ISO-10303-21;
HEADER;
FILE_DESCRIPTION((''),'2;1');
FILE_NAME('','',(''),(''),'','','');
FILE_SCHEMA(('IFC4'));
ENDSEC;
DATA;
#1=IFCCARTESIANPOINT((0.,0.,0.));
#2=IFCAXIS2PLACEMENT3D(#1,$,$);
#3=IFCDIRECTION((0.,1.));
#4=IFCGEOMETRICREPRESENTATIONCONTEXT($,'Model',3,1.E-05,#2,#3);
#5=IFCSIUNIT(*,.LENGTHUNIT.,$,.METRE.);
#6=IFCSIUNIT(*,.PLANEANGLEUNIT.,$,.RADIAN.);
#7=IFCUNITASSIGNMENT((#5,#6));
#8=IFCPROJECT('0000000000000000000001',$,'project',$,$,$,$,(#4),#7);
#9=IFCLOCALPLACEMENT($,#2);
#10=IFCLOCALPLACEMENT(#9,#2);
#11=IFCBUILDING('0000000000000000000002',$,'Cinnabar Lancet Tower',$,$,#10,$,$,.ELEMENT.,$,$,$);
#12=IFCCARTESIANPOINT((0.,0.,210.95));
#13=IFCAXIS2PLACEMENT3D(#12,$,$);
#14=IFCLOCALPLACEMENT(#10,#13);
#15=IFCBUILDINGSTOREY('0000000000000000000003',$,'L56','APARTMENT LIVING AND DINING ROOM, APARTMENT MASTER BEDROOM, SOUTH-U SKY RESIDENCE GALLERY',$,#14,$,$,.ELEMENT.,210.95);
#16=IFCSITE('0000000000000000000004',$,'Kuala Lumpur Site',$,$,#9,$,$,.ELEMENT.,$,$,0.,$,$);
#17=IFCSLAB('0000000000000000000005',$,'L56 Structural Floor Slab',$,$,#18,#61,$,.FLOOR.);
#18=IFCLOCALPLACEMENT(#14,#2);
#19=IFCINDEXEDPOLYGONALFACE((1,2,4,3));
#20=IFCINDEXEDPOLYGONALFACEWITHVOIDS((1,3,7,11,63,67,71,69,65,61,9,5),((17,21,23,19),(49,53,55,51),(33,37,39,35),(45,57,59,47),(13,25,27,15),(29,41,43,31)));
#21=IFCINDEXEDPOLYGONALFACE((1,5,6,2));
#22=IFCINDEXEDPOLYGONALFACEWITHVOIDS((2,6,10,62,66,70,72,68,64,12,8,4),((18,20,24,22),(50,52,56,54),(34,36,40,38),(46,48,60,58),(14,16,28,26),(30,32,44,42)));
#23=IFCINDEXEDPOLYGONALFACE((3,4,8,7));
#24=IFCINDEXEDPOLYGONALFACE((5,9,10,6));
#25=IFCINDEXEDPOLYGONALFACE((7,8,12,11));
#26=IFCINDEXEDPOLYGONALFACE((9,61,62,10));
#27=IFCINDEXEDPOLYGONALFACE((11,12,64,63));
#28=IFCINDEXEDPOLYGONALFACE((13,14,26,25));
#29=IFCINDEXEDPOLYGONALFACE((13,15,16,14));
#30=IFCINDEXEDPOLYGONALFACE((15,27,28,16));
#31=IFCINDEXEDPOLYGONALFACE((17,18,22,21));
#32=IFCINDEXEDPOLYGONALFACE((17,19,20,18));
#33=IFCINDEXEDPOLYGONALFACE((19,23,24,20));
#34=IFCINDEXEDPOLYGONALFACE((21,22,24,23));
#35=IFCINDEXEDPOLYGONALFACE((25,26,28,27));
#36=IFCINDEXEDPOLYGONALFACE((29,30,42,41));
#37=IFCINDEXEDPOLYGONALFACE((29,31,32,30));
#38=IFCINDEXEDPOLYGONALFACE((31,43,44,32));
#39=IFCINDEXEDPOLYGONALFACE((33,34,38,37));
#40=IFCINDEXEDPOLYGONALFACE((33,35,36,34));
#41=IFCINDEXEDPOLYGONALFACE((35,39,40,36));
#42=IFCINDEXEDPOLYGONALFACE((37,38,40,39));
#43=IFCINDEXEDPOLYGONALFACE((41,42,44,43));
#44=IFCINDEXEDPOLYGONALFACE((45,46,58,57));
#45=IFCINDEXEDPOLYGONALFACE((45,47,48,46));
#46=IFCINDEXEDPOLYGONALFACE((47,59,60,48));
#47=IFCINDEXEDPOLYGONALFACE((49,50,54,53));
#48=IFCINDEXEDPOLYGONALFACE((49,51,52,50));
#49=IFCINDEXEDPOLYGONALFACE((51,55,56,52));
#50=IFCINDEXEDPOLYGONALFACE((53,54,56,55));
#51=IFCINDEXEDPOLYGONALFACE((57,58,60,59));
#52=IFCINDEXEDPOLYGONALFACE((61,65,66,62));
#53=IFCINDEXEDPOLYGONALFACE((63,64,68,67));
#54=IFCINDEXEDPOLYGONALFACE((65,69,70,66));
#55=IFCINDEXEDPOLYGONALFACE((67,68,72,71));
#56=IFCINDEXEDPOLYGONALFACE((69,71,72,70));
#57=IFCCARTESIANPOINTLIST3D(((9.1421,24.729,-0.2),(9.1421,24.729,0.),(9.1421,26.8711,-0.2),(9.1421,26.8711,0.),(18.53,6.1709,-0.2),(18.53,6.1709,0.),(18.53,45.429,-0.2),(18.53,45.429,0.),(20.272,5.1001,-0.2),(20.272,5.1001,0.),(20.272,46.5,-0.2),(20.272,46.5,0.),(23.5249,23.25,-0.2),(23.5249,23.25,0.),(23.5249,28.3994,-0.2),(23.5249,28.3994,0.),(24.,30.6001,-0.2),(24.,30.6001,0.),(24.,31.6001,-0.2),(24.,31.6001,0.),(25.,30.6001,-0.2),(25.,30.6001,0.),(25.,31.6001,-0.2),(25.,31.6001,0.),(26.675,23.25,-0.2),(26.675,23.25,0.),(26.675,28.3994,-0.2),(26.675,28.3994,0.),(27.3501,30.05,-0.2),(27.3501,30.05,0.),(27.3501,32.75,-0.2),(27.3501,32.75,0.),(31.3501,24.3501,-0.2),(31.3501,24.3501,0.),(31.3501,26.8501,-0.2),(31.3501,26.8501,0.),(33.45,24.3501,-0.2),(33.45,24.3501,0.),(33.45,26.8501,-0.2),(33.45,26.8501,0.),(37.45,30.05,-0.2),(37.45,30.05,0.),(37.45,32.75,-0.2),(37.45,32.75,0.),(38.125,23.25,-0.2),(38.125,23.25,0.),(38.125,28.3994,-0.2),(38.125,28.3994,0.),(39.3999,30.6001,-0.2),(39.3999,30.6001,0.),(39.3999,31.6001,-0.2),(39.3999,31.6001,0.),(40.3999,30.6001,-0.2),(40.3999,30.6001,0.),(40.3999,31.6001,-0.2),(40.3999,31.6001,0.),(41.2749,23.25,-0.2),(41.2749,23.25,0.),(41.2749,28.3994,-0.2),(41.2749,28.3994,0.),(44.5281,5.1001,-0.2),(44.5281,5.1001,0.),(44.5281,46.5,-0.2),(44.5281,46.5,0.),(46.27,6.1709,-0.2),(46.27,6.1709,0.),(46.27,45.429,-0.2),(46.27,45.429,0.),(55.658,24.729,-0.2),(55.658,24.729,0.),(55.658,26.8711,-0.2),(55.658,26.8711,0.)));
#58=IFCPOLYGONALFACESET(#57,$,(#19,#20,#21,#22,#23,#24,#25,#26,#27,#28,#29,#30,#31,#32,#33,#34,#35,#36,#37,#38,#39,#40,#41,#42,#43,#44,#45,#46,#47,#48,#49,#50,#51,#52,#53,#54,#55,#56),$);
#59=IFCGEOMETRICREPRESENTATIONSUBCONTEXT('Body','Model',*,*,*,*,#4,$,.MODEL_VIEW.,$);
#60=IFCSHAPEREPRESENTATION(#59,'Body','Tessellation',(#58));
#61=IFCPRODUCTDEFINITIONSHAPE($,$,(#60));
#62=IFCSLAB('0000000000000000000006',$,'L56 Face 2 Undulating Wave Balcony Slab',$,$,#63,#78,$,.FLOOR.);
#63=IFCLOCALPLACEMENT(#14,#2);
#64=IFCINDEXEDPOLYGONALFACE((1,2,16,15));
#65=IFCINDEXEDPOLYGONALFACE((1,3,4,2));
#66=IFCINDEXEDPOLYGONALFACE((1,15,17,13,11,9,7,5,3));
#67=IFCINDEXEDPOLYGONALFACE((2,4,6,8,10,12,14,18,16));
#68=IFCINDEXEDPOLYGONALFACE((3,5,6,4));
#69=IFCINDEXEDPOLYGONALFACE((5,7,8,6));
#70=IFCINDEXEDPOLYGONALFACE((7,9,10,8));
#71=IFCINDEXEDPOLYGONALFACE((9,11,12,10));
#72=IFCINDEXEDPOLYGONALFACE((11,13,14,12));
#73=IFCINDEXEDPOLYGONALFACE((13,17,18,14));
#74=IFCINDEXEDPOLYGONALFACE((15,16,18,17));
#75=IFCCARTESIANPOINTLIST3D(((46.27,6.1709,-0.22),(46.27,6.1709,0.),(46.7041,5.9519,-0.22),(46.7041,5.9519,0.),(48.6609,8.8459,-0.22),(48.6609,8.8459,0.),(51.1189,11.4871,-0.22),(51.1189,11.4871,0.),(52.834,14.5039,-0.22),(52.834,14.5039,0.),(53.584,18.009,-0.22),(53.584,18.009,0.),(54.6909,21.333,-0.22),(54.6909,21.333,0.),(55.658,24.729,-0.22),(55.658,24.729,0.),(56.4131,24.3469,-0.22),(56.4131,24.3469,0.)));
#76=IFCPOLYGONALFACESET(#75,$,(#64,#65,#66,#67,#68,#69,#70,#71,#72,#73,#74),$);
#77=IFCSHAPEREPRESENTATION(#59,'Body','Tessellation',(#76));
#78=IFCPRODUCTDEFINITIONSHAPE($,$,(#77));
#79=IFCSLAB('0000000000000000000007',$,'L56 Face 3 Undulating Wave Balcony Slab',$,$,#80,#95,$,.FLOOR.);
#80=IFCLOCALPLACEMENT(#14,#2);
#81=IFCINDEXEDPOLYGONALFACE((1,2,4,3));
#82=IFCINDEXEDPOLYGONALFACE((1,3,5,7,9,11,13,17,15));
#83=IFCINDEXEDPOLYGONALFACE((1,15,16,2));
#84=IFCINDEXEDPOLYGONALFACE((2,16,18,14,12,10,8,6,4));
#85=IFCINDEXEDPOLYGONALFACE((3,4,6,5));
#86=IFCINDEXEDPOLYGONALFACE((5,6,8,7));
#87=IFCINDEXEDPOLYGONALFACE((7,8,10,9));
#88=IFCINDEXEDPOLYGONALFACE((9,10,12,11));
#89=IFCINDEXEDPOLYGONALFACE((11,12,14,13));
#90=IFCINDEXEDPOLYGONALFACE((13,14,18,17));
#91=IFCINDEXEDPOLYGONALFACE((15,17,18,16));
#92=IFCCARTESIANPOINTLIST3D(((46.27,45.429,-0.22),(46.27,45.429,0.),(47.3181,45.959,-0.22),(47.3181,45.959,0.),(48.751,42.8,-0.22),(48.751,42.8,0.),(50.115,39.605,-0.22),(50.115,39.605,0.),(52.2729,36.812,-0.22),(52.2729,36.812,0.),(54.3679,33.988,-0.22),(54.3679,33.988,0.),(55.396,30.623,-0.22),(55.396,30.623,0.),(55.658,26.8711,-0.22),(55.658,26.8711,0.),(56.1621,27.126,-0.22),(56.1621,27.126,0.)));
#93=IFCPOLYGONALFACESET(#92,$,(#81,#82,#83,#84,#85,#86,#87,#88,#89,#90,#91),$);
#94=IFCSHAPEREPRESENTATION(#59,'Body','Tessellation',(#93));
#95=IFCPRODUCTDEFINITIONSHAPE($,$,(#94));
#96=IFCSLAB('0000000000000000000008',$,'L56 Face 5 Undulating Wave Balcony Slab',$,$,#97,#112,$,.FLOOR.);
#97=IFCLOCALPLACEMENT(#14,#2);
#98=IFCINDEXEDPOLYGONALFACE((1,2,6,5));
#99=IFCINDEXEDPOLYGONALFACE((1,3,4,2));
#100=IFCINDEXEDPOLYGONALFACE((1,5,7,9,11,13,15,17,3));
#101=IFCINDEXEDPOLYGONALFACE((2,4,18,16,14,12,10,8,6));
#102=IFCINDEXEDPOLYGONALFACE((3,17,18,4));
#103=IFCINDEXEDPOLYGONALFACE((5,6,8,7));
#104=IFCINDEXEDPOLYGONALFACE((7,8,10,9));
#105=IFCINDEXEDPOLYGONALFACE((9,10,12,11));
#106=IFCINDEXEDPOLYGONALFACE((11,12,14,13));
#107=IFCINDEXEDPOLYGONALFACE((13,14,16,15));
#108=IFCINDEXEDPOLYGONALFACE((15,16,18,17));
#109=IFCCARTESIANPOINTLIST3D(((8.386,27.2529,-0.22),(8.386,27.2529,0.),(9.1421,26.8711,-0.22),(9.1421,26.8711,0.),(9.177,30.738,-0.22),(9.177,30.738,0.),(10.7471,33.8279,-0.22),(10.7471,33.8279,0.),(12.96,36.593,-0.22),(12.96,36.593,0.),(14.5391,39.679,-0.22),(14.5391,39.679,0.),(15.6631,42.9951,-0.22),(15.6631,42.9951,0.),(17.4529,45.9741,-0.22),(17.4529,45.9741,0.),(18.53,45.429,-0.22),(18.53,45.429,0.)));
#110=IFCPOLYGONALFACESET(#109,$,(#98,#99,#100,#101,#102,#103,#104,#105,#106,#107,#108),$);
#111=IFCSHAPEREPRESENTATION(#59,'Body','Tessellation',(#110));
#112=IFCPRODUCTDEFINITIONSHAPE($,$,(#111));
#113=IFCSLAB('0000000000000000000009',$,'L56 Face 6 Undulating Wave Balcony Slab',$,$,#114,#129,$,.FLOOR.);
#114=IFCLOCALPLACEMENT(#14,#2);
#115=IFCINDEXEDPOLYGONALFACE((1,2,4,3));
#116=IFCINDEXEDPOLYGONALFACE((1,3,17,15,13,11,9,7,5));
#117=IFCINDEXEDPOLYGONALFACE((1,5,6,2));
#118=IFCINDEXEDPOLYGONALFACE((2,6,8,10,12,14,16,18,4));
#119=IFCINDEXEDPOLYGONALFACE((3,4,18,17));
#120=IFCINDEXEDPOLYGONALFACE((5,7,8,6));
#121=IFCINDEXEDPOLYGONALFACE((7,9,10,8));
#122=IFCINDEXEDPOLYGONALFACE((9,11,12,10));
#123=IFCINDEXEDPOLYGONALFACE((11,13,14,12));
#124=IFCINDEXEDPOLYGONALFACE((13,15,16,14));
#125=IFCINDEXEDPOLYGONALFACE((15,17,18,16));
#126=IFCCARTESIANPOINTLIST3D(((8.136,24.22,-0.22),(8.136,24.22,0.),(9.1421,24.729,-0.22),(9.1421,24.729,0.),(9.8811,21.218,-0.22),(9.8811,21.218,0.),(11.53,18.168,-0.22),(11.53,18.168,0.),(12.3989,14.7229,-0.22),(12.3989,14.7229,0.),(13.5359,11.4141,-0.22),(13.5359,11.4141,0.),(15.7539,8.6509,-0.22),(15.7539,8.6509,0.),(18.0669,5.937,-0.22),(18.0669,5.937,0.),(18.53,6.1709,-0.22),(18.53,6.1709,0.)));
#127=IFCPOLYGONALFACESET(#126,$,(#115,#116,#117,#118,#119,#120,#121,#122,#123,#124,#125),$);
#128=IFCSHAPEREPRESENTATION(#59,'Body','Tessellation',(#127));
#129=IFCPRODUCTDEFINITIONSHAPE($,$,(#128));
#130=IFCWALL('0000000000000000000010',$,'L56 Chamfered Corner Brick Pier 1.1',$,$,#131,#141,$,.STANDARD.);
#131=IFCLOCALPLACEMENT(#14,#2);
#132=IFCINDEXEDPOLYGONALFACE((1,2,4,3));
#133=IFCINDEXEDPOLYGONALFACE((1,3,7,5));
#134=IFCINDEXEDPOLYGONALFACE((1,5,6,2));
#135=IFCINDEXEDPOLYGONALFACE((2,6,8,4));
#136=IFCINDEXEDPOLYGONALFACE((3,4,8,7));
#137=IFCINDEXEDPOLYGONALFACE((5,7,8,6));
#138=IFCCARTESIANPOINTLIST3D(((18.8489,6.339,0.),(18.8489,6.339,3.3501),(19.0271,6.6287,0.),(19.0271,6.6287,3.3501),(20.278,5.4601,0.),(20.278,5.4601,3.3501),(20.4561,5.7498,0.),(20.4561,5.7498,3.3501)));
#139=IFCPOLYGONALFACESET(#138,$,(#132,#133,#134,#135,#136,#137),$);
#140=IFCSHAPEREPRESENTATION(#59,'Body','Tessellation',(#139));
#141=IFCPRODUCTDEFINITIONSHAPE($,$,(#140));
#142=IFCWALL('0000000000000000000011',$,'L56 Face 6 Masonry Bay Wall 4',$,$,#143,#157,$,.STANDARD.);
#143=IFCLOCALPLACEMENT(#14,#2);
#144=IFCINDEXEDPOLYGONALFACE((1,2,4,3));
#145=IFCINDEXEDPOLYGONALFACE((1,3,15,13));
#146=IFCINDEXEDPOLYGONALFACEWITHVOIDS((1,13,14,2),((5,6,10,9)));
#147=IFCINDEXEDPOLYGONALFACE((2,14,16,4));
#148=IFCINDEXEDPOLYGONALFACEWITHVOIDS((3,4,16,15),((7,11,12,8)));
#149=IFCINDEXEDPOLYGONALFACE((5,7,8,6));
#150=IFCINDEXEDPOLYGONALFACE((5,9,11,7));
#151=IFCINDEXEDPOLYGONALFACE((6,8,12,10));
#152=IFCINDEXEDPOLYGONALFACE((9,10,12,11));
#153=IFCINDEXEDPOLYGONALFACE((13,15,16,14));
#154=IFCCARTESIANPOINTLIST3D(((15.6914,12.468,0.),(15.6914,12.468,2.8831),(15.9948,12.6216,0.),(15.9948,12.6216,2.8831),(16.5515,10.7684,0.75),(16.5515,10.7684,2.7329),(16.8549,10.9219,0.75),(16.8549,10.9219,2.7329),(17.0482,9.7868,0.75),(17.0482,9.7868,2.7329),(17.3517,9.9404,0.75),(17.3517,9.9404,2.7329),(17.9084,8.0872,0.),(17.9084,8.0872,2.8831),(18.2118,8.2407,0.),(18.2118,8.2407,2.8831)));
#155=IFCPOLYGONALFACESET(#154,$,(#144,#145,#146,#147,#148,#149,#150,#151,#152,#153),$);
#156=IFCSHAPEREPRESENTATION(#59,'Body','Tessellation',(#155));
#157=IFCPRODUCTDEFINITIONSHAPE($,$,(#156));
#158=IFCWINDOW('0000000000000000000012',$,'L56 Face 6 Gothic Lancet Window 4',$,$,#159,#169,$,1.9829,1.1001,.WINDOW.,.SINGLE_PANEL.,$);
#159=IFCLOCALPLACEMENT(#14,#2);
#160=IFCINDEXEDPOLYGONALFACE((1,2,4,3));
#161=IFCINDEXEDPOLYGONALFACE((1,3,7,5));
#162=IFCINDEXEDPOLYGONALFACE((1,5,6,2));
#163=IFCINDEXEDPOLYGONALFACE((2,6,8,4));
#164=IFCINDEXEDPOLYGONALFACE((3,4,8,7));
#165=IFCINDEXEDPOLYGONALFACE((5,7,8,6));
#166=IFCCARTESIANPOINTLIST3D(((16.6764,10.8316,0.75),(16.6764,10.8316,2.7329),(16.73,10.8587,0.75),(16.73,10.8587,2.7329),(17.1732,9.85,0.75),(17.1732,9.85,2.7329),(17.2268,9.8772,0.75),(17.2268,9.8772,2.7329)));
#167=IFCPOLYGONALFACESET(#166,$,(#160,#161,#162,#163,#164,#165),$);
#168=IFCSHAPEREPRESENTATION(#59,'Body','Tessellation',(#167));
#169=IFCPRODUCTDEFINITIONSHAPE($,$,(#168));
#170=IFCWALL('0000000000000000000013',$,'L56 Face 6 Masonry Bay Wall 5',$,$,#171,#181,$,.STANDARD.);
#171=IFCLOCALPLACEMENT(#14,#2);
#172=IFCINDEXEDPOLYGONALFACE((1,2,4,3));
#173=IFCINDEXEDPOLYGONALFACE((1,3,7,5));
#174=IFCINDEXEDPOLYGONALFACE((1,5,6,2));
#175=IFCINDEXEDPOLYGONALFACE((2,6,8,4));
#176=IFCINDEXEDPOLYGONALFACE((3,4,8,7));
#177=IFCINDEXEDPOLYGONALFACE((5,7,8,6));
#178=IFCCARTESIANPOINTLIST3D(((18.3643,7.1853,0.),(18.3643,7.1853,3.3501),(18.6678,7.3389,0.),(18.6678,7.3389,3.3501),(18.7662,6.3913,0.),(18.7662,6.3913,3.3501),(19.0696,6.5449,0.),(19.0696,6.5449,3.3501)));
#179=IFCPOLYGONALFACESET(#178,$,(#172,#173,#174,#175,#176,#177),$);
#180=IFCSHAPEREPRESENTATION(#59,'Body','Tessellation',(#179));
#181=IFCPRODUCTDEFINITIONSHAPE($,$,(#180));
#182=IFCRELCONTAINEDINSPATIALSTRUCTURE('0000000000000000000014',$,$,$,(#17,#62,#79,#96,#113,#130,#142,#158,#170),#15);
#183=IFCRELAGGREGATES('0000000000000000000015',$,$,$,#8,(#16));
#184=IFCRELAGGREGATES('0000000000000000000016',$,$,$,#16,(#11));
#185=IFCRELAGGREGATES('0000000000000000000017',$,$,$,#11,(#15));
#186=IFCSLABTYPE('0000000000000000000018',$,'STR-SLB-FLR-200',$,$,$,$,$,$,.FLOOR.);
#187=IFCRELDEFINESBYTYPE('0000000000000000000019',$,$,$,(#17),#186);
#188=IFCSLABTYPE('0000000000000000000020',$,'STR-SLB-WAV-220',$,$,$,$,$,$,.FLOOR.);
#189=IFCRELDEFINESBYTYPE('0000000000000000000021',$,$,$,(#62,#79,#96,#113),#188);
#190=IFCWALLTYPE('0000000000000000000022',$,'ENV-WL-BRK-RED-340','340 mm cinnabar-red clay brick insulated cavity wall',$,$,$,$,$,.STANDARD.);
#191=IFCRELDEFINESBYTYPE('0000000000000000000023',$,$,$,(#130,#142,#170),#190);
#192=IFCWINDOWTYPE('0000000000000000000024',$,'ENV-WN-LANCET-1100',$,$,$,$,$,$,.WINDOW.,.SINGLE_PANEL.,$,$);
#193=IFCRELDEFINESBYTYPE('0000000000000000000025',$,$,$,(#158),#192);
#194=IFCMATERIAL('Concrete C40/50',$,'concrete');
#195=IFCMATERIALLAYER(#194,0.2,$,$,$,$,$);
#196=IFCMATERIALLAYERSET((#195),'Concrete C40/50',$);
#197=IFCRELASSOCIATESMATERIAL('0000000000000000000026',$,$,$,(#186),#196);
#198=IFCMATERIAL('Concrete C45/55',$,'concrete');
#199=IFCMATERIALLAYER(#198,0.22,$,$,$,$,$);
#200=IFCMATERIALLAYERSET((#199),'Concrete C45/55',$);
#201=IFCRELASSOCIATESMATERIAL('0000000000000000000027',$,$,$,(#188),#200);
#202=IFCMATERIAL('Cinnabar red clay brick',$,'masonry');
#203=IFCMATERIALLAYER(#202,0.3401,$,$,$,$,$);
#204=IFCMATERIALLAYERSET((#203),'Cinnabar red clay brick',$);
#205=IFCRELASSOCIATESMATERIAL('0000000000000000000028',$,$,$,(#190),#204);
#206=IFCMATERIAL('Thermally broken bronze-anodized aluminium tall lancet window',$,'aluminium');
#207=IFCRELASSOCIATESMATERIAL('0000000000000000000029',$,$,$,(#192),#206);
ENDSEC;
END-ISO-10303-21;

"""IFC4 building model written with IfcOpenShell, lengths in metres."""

from ifc_helpers import new_model, si_unit, direction, frame, frame_2d, origin, place, context, subcontext, project, spatial, polyline, rectangle, outline, extrude, material, layer, layer_set, type_object, element, fill, save


model = new_model("IFC4")

# Units and contexts
model_context = context("Model", 3, precision=1e-05, world=origin(), true_north=direction((0.0, 1.0)))
body_context = subcontext(model_context, "Body", "Model", "MODEL_VIEW")
ifc_project = project(units=[si_unit("LENGTHUNIT", "METRE"), si_unit("PLANEANGLEUNIT", "RADIAN")], contexts=[model_context])

# Site, building, storey
site_placement = place(None, origin())
site = spatial("IfcSite", under=ifc_project, at=site_placement, Name="Kuala Lumpur Site", CompositionType="ELEMENT", RefElevation=0.0)
building_placement = place(site_placement, origin())
building = spatial("IfcBuilding", under=site, at=building_placement, Name="Cinnabar Lancet Tower", CompositionType="ELEMENT")
storey_placement = place(building_placement, frame((0.0, 0.0, 210.95)))
storey = spatial("IfcBuildingStorey", under=building, at=storey_placement, Name="L56", Description="APARTMENT LIVING AND DINING ROOM, APARTMENT MASTER BEDROOM, SOUTH-U SKY RESIDENCE GALLERY", CompositionType="ELEMENT", Elevation=210.95)

# Slabs
ifc_material_1 = material(Name="Concrete C40/50", Category="concrete")
ifc_layer_1 = layer(ifc_material_1, 0.2)
ifc_layer_set_1 = layer_set([ifc_layer_1], Name="Concrete C40/50")
slab_type_1 = type_object("IfcSlabType", Name="STR-SLB-FLR-200", PredefinedType="FLOOR", material=ifc_layer_set_1)
slab_1_placement = place(storey_placement, frame((0.0, 0.0, -0.2)))
element("IfcSlab", 1, at=slab_1_placement, inside=storey, type_object=slab_type_1, Name="L56 Structural Floor Slab", PredefinedType="FLOOR", context=body_context, shape_type="SweptSolid", body=[
    extrude(outline(polyline([(18.53, 6.1709), (20.272, 5.1001), (44.5281, 5.1001), (46.27, 6.1709), (55.658, 24.729), (55.658, 26.8711), (46.27, 45.429), (44.5281, 46.5), (20.272, 46.5), (18.53, 45.429), (9.1421, 26.8711), (9.1421, 24.729), (18.53, 6.1709)]), holes=[polyline([(23.5249, 23.25), (26.675, 23.25), (26.675, 28.3994), (23.5249, 28.3994), (23.5249, 23.25)]), polyline([(38.125, 23.25), (41.2749, 23.25), (41.2749, 28.3994), (38.125, 28.3994), (38.125, 23.25)]), polyline([(27.3501, 30.05), (37.45, 30.05), (37.45, 32.75), (27.3501, 32.75), (27.3501, 30.05)]), polyline([(31.3501, 24.3501), (33.45, 24.3501), (33.45, 26.8501), (31.3501, 26.8501), (31.3501, 24.3501)]), polyline([(24.0, 30.6001), (25.0, 30.6001), (25.0, 31.6001), (24.0, 31.6001), (24.0, 30.6001)]), polyline([(39.3999, 30.6001), (40.3999, 30.6001), (40.3999, 31.6001), (39.3999, 31.6001), (39.3999, 30.6001)])]), origin(), (0.0, 0.0, 1.0), 0.2),
])
ifc_material_2 = material(Name="Concrete C45/55", Category="concrete")
ifc_layer_2 = layer(ifc_material_2, 0.22)
ifc_layer_set_2 = layer_set([ifc_layer_2], Name="Concrete C45/55")
slab_type_2 = type_object("IfcSlabType", Name="STR-SLB-WAV-220", PredefinedType="FLOOR", material=ifc_layer_set_2)
slab_2_placement = place(storey_placement, frame((0.0, 0.0, -0.22)))
element("IfcSlab", 2, at=slab_2_placement, inside=storey, type_object=slab_type_2, Name="L56 Face 2 Undulating Wave Balcony Slab", PredefinedType="FLOOR", context=body_context, shape_type="SweptSolid", body=[
    extrude(outline(polyline([(46.27, 6.1709), (46.7041, 5.9519), (48.6609, 8.8459), (51.1189, 11.4871), (52.834, 14.5039), (53.584, 18.009), (54.6909, 21.333), (56.4131, 24.3469), (55.658, 24.729), (46.27, 6.1709)])), origin(), (0.0, 0.0, 1.0), 0.22),
])
slab_3_placement = place(storey_placement, frame((0.0, 0.0, -0.22)))
element("IfcSlab", 3, at=slab_3_placement, inside=storey, type_object=slab_type_2, Name="L56 Face 3 Undulating Wave Balcony Slab", PredefinedType="FLOOR", context=body_context, shape_type="SweptSolid", body=[
    extrude(outline(polyline([(55.658, 26.8711), (56.1621, 27.126), (55.396, 30.623), (54.3679, 33.988), (52.2729, 36.812), (50.115, 39.605), (48.751, 42.8), (47.3181, 45.959), (46.27, 45.429), (55.658, 26.8711)])), origin(), (0.0, 0.0, 1.0), 0.22),
])
slab_4_placement = place(storey_placement, frame((0.0, 0.0, -0.22)))
element("IfcSlab", 4, at=slab_4_placement, inside=storey, type_object=slab_type_2, Name="L56 Face 5 Undulating Wave Balcony Slab", PredefinedType="FLOOR", context=body_context, shape_type="SweptSolid", body=[
    extrude(outline(polyline([(18.53, 45.429), (17.4529, 45.9741), (15.6631, 42.9951), (14.5391, 39.679), (12.96, 36.593), (10.7471, 33.8279), (9.177, 30.738), (8.386, 27.2529), (9.1421, 26.8711), (18.53, 45.429)])), origin(), (0.0, 0.0, 1.0), 0.22),
])
slab_5_placement = place(storey_placement, frame((0.0, 0.0, -0.22)))
element("IfcSlab", 5, at=slab_5_placement, inside=storey, type_object=slab_type_2, Name="L56 Face 6 Undulating Wave Balcony Slab", PredefinedType="FLOOR", context=body_context, shape_type="SweptSolid", body=[
    extrude(outline(polyline([(9.1421, 24.729), (8.136, 24.22), (9.8811, 21.218), (11.53, 18.168), (12.3989, 14.7229), (13.5359, 11.4141), (15.7539, 8.6509), (18.0669, 5.937), (18.53, 6.1709), (9.1421, 24.729)])), origin(), (0.0, 0.0, 1.0), 0.22),
])

# Wall
ifc_material_3 = material(Name="Cinnabar red clay brick", Category="masonry")
ifc_layer_3 = layer(ifc_material_3, 0.3401)
ifc_layer_set_3 = layer_set([ifc_layer_3], Name="Cinnabar red clay brick")
wall_type = type_object("IfcWallType", Name="ENV-WL-BRK-RED-340", Description="340 mm cinnabar-red clay brick insulated cavity wall", PredefinedType="STANDARD", material=ifc_layer_set_3)
wall_1_placement = place(storey_placement, frame((18.938, 6.4839, 0.0), z_axis=(0.0, 0.0, 1.0), x_axis=(0.851778, -0.523903, 0.0)))
element("IfcWall", 6, at=wall_1_placement, inside=storey, type_object=wall_type, Name="L56 Chamfered Corner Brick Pier 1.1", PredefinedType="STANDARD", context=body_context, shape_type="SweptSolid", body=[
    extrude(rectangle(XDim=1.6777, YDim=0.3401, at=frame_2d((0.8389, 0.0))), origin(), (0.0, 0.0, 1.0), 3.3501),
])

# Wall, opening, window
wall_2_placement = place(storey_placement, frame((15.843, 12.5449, 0.0), z_axis=(0.0, 0.0, 1.0), x_axis=(0.451544, -0.892249, 0.0)))
wall_2 = element("IfcWall", 7, at=wall_2_placement, inside=storey, type_object=wall_type, Name="L56 Face 6 Masonry Bay Wall 4", PredefinedType="STANDARD", context=body_context, shape_type="SweptSolid", body=[
    extrude(rectangle(XDim=4.9099, YDim=0.3401, at=frame_2d((2.4551, 0.0))), origin(), (0.0, 0.0, 1.0), 2.8831),
])
opening_placement = place(wall_2_placement, frame((1.905, 0.0, 0.75)))
opening = element("IfcOpeningElement", 8, at=opening_placement, cuts=wall_2, PredefinedType="OPENING", context=body_context, shape_type="SweptSolid", body=[
    extrude(rectangle(XDim=1.1001, YDim=1.9829, at=frame_2d((0.55, 0.9915))), frame((0.0, 0.1799, 0.0), z_axis=(0.0, -1.0, 0.0), x_axis=(1.0, 0.0, 0.0)), (0.0, 0.0, 1.0), 0.3601),
])
ifc_material_4 = material(Name="Thermally broken bronze-anodized aluminium tall lancet window", Category="aluminium")
window_type = type_object("IfcWindowType", Name="ENV-WN-LANCET-1100", PartitioningType="SINGLE_PANEL", PredefinedType="WINDOW", material=ifc_material_4)
window_placement = place(opening_placement, origin())
window = element("IfcWindow", 9, at=window_placement, inside=storey, type_object=window_type, Name="L56 Face 6 Gothic Lancet Window 4", OverallHeight=1.9829, OverallWidth=1.1001, PartitioningType="SINGLE_PANEL", PredefinedType="WINDOW", context=body_context, shape_type="SweptSolid", body=[
    extrude(rectangle(XDim=1.1001, YDim=1.9829, at=frame_2d((0.55, 0.9915))), frame((0.0, 0.03, 0.0), z_axis=(0.0, -1.0, 0.0), x_axis=(1.0, 0.0, 0.0)), (0.0, 0.0, 1.0), 0.0601),
])
fill(opening, window)

# Wall
wall_3_placement = place(storey_placement, frame((18.5161, 7.262, 0.0), z_axis=(0.0, 0.0, 1.0), x_axis=(0.451598, -0.892222, 0.0)))
element("IfcWall", 10, at=wall_3_placement, inside=storey, type_object=wall_type, Name="L56 Face 6 Masonry Bay Wall 5", PredefinedType="STANDARD", context=body_context, shape_type="SweptSolid", body=[
    extrude(rectangle(XDim=0.8899, YDim=0.3401, at=frame_2d((0.4448, 0.0))), origin(), (0.0, 0.0, 1.0), 3.3501),
])

save(model, "model.ifc")
